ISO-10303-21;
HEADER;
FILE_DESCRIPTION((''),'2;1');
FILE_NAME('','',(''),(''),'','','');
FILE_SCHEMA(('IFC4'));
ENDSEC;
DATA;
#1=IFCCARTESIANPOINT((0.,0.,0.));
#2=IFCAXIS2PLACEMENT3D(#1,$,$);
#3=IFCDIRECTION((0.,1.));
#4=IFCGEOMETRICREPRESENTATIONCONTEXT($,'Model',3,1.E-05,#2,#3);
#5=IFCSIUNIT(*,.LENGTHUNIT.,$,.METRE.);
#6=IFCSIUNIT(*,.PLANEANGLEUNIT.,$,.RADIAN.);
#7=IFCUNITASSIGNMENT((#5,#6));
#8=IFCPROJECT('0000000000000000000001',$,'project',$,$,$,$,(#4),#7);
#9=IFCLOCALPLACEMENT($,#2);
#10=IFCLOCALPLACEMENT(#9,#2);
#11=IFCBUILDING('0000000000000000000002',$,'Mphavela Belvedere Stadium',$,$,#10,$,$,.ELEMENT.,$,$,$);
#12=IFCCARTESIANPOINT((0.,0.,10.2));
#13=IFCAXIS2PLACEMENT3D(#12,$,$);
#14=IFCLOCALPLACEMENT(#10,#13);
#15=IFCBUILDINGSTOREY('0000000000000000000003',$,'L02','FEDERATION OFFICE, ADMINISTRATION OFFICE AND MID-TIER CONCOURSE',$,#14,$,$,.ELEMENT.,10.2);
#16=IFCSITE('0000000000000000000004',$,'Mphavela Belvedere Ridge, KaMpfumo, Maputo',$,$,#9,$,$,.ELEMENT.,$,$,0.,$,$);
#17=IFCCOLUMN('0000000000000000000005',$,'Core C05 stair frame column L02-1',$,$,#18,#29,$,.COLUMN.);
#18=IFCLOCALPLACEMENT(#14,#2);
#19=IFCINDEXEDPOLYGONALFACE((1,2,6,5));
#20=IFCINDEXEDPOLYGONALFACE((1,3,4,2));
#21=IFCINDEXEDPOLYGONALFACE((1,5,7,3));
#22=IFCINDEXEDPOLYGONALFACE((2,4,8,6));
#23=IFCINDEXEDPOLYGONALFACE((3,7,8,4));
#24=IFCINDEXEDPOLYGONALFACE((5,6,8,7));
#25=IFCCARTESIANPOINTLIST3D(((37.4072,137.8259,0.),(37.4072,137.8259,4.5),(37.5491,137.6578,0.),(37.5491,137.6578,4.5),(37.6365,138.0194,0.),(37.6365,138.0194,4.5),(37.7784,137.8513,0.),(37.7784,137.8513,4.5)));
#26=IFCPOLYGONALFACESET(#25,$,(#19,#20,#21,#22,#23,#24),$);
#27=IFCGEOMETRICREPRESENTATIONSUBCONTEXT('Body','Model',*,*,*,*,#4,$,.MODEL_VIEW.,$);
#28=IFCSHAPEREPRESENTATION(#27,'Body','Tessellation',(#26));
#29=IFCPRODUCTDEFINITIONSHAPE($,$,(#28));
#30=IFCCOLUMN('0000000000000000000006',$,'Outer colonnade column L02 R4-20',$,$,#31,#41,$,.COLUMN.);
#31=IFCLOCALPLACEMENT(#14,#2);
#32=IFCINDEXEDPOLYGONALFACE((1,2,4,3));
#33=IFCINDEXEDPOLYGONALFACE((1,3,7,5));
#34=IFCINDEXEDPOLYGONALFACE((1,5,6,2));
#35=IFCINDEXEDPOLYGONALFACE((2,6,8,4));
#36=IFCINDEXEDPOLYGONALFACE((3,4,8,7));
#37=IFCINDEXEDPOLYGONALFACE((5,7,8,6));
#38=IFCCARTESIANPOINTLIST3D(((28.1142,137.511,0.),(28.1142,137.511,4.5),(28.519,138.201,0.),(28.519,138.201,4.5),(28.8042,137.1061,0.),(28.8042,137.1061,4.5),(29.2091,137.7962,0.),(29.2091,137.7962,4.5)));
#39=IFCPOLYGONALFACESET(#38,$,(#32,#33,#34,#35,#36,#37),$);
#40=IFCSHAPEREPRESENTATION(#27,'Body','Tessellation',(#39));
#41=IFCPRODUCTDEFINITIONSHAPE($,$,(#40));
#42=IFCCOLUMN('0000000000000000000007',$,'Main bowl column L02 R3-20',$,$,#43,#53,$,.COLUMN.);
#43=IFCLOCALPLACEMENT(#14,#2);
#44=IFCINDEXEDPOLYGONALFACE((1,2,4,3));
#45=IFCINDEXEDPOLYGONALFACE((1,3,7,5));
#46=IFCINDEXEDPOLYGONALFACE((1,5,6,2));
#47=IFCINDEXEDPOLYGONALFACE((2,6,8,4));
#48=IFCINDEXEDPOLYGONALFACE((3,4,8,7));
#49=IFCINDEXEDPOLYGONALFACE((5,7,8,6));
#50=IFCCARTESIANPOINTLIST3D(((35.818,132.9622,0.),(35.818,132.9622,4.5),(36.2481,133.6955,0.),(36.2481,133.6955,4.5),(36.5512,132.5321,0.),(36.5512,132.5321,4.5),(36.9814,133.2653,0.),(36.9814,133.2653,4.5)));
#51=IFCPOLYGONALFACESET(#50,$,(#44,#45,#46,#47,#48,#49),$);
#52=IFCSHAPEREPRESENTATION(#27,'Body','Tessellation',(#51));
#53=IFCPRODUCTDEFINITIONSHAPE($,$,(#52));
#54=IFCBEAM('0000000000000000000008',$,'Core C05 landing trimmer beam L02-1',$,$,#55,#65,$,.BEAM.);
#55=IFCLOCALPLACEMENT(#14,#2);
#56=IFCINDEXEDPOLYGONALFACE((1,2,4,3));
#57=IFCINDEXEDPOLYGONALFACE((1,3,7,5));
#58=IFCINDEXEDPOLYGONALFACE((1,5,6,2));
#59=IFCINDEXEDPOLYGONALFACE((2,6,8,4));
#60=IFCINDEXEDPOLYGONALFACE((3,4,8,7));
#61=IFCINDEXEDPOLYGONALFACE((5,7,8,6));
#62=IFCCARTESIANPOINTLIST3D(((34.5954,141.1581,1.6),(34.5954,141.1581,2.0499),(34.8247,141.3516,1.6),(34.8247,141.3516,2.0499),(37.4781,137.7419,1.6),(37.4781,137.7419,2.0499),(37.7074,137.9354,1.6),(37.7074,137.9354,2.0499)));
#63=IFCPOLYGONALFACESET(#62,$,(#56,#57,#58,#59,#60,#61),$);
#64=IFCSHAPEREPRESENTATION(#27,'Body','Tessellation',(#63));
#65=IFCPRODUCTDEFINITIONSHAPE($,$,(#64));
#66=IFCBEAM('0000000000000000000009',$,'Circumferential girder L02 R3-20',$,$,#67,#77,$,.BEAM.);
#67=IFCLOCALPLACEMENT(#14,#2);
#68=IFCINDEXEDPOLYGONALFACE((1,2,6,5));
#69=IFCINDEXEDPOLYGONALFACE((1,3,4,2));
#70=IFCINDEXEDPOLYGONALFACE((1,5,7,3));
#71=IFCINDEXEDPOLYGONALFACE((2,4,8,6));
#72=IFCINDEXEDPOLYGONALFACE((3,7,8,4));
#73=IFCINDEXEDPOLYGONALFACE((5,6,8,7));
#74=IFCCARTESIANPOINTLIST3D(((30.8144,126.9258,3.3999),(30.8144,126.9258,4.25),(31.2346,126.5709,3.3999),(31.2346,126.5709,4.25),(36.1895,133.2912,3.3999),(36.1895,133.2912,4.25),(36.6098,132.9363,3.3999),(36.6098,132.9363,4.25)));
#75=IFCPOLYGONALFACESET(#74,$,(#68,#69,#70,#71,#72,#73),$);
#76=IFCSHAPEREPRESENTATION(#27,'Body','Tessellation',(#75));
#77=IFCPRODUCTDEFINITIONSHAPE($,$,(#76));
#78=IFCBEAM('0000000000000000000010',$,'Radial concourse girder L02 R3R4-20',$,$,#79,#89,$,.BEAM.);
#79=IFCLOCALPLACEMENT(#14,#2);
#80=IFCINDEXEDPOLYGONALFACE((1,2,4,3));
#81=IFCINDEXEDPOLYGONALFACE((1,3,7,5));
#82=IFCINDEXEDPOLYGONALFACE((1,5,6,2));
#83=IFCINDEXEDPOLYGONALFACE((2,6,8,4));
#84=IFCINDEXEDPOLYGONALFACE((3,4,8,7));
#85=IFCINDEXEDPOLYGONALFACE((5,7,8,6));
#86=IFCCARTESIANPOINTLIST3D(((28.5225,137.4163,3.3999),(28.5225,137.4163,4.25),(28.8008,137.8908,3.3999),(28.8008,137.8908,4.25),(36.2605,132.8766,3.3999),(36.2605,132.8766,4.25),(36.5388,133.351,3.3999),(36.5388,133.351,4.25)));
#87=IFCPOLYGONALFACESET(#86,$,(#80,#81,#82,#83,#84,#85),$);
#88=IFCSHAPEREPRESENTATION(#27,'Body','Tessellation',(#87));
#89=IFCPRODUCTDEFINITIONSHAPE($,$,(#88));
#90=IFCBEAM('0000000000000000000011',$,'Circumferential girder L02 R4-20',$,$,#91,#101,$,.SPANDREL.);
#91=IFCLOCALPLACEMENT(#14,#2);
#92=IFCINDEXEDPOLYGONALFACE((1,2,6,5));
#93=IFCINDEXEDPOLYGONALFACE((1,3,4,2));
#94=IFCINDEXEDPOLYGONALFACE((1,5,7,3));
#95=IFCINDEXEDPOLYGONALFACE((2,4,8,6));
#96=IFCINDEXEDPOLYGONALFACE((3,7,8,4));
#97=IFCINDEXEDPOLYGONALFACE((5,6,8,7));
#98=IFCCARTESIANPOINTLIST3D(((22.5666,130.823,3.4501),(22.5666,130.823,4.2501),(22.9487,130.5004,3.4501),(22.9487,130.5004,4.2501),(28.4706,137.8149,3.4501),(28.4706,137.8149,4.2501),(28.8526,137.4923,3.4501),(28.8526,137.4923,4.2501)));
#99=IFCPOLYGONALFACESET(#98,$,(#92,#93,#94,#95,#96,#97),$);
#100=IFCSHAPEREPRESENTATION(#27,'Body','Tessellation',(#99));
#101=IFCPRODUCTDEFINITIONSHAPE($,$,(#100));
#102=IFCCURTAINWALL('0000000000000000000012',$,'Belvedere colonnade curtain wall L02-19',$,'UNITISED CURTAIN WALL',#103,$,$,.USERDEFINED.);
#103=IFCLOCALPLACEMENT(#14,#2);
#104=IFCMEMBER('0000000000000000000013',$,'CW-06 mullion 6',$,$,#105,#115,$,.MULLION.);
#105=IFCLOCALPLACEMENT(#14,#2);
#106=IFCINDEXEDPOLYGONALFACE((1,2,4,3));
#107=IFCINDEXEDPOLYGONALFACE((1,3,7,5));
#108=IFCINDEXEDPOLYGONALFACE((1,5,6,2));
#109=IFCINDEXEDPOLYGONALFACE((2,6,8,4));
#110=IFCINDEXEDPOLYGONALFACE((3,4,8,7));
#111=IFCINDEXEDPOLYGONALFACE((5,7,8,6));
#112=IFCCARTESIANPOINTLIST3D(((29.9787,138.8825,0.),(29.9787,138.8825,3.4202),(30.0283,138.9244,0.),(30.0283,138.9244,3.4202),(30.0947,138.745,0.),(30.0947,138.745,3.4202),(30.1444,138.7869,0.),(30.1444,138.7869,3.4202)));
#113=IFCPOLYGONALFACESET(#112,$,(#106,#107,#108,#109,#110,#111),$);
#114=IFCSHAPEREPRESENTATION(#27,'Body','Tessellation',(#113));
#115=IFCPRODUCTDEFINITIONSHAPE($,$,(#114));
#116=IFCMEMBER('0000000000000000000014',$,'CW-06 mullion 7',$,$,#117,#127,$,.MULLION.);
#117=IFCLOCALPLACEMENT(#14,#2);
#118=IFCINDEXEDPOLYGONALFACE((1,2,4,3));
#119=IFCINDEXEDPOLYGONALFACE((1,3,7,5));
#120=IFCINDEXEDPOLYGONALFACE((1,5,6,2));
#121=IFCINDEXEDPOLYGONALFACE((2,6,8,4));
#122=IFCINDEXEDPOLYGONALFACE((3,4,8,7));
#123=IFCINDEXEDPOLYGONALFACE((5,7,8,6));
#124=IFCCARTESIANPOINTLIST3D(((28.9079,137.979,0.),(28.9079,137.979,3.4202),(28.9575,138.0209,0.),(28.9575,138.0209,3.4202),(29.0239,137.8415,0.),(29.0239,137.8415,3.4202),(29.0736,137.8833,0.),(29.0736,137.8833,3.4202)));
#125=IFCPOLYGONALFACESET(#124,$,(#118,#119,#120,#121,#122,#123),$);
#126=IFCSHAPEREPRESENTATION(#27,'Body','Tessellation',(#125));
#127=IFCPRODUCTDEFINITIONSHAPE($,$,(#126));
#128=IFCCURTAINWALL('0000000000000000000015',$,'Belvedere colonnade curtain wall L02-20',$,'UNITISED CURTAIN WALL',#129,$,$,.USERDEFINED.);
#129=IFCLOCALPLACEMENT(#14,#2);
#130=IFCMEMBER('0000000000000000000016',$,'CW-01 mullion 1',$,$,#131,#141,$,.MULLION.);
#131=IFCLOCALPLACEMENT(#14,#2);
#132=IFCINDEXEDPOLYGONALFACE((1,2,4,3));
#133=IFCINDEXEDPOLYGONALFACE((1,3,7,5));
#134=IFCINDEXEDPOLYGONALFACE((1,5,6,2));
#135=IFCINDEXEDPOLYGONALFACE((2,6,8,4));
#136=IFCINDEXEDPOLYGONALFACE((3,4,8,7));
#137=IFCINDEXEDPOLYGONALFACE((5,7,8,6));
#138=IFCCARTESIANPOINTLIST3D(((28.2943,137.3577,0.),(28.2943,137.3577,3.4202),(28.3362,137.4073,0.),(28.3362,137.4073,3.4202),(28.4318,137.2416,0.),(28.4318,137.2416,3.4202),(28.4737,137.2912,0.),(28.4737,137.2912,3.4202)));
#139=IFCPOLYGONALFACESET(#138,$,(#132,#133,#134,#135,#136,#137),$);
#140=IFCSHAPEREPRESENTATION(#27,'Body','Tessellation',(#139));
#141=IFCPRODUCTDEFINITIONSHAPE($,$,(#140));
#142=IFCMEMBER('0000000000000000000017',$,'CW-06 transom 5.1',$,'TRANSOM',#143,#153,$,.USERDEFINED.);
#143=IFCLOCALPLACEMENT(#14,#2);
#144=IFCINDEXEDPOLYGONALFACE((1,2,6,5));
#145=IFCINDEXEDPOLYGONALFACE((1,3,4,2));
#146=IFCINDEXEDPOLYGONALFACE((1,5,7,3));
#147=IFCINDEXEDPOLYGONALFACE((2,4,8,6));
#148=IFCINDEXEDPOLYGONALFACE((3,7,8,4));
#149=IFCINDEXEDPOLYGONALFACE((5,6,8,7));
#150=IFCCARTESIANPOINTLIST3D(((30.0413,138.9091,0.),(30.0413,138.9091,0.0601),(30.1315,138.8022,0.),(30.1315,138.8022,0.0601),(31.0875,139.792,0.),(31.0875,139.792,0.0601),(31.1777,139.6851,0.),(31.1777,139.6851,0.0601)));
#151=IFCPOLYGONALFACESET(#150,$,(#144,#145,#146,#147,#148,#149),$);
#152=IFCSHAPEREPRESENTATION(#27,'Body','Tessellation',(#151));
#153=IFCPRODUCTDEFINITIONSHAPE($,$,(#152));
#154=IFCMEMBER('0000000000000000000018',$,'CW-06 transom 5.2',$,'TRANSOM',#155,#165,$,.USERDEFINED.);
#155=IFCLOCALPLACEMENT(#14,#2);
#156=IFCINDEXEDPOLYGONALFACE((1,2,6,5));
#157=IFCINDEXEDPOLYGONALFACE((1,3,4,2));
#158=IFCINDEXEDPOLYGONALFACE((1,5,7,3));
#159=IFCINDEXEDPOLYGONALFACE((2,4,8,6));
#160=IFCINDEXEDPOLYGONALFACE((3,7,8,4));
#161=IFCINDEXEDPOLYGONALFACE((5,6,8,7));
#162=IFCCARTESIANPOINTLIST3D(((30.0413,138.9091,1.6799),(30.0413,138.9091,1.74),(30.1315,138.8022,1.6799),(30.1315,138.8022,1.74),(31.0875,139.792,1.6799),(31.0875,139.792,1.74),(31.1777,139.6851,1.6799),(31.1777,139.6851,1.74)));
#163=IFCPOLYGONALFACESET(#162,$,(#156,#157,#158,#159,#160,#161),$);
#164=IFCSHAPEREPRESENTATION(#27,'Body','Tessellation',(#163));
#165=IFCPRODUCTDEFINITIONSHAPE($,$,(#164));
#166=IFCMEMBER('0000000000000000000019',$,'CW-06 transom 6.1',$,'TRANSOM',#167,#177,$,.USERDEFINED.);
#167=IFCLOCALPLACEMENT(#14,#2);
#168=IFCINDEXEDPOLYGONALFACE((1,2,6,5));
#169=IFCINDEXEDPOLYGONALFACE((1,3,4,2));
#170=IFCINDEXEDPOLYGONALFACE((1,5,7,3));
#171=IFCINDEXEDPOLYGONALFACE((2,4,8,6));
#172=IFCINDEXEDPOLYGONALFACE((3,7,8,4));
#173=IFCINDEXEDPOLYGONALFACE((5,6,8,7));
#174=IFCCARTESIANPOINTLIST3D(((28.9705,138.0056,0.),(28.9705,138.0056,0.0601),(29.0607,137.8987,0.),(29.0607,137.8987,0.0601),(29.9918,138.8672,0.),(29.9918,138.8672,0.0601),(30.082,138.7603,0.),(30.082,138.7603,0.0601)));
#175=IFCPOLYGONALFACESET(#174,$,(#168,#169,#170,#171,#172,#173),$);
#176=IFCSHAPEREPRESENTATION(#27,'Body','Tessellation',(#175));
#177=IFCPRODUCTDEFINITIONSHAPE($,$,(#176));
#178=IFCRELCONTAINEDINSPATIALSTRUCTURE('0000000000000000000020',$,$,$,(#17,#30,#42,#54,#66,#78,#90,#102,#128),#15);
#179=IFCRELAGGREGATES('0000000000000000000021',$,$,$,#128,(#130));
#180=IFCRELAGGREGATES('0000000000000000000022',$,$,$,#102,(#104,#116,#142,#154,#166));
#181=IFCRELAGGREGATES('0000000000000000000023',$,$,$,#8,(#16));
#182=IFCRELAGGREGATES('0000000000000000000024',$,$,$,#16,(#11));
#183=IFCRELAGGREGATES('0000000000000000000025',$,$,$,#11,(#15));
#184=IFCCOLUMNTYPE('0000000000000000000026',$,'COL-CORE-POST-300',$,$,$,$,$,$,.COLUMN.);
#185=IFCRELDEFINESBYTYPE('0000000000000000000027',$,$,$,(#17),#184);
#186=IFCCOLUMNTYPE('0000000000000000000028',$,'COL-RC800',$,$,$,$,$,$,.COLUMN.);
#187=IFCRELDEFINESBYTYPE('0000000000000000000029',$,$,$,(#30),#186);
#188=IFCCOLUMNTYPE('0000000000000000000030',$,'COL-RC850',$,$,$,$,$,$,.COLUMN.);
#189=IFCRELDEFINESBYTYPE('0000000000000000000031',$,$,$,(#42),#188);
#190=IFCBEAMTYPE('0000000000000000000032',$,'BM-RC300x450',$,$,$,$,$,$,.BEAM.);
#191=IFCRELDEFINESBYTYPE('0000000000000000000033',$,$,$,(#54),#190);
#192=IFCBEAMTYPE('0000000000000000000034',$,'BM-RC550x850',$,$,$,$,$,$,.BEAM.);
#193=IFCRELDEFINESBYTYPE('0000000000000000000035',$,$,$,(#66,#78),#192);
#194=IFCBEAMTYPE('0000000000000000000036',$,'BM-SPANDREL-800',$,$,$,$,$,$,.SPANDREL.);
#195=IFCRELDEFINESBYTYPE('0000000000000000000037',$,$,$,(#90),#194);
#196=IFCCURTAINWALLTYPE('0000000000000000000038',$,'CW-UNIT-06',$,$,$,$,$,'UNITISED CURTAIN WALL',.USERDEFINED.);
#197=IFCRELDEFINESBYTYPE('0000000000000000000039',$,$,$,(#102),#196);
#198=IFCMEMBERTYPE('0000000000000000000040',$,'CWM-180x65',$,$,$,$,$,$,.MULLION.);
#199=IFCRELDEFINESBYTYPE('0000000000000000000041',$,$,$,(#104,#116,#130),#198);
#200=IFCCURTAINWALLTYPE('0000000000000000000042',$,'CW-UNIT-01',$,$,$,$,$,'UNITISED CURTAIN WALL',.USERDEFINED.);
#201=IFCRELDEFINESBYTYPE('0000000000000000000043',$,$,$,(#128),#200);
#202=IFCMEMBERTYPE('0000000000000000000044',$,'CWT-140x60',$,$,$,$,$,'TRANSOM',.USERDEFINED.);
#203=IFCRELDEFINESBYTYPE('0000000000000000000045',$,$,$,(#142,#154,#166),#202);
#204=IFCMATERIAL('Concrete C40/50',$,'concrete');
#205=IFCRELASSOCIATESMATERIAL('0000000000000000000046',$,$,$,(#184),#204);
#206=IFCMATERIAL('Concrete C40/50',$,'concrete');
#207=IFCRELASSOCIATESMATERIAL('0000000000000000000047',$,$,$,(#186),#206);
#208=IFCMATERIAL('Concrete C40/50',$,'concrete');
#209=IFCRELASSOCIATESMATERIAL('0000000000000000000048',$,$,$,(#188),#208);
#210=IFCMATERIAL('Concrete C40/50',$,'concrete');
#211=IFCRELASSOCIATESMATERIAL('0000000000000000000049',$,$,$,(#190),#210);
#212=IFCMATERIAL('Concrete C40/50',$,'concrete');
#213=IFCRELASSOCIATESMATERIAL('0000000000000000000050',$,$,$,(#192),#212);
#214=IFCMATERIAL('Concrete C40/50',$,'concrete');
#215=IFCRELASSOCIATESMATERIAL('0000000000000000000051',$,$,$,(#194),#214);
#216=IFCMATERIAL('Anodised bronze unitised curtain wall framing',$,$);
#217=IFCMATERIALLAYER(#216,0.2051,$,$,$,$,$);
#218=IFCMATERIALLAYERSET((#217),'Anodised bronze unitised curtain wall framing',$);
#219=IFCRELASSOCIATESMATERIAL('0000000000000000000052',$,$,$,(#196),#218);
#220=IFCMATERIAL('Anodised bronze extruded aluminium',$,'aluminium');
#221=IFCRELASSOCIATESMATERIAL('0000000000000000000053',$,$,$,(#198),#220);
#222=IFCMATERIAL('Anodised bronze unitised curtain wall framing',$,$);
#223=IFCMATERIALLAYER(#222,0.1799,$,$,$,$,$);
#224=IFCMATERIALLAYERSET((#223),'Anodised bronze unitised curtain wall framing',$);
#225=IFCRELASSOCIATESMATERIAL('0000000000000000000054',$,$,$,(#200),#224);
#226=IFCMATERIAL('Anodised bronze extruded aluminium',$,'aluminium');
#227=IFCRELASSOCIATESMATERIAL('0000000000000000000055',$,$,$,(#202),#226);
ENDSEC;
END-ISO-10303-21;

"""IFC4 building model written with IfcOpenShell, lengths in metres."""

from ifc_helpers import new_model, si_unit, direction, frame, origin, origin_2d, place, context, subcontext, project, spatial, rectangle, extrude, material, layer, layer_set, material_profile, profile_set, type_object, element, aggregate, save


model = new_model("IFC4")

# Units and contexts
model_context = context("Model", 3, precision=1e-05, world=origin(), true_north=direction((0.0, 1.0)))
body_context = subcontext(model_context, "Body", "Model", "MODEL_VIEW")
ifc_project = project(units=[si_unit("LENGTHUNIT", "METRE"), si_unit("PLANEANGLEUNIT", "RADIAN")], contexts=[model_context])

# Site, building, storey
site_placement = place(None, origin())
site = spatial("IfcSite", under=ifc_project, at=site_placement, Name="Mphavela Belvedere Ridge, KaMpfumo, Maputo", CompositionType="ELEMENT", RefElevation=0.0)
building_placement = place(site_placement, origin())
building = spatial("IfcBuilding", under=site, at=building_placement, Name="Mphavela Belvedere Stadium", CompositionType="ELEMENT")
storey_placement = place(building_placement, frame((0.0, 0.0, 10.2)))
storey = spatial("IfcBuildingStorey", under=building, at=storey_placement, Name="L02", Description="FEDERATION OFFICE, ADMINISTRATION OFFICE AND MID-TIER CONCOURSE", CompositionType="ELEMENT", Elevation=10.2)

# Columns
ifc_material_1 = material(Name="Concrete C40/50", Category="concrete")
ifc_material_profile_1 = material_profile(ifc_material_1, rectangle(XDim=0.3, YDim=0.22, at=origin_2d()), Name="RC 300x220")
ifc_profile_set_1 = profile_set([ifc_material_profile_1], Name="Concrete C40/50")
column_type_1 = type_object("IfcColumnType", Name="COL-CORE-POST-300", PredefinedType="COLUMN", material=ifc_profile_set_1)
column_1_placement = place(storey_placement, frame((37.5928, 137.8386, 0.0), z_axis=(0.0, 0.0, 1.0), x_axis=(0.764246, 0.644924, 0.0)))
element("IfcColumn", 1, at=column_1_placement, inside=storey, type_object=column_type_1, Name="Core C05 stair frame column L02-1", PredefinedType="COLUMN", context=body_context, shape_type="SweptSolid", body=[
    extrude(rectangle(XDim=0.3, YDim=0.22, at=origin_2d()), origin(), (0.0, 0.0, 1.0), 4.5),
])
ifc_material_2 = material(Name="Concrete C40/50", Category="concrete")
ifc_material_profile_2 = material_profile(ifc_material_2, rectangle(XDim=0.8, YDim=0.8, at=origin_2d()), Name="RC 800x800")
ifc_profile_set_2 = profile_set([ifc_material_profile_2], Name="Concrete C40/50")
column_type_2 = type_object("IfcColumnType", Name="COL-RC800", PredefinedType="COLUMN", material=ifc_profile_set_2)
column_2_placement = place(storey_placement, frame((28.6616, 137.6536, 0.0), z_axis=(0.0, 0.0, 1.0), x_axis=(-0.862514, 0.506034, 0.0)))
element("IfcColumn", 2, at=column_2_placement, inside=storey, type_object=column_type_2, Name="Outer colonnade column L02 R4-20", PredefinedType="COLUMN", context=body_context, shape_type="SweptSolid", body=[
    extrude(rectangle(XDim=0.8, YDim=0.8, at=origin_2d()), origin(), (0.0, 0.0, 1.0), 4.5),
])
ifc_material_3 = material(Name="Concrete C40/50", Category="concrete")
ifc_material_profile_3 = material_profile(ifc_material_3, rectangle(XDim=0.8501, YDim=0.8501, at=origin_2d()), Name="RC 850x850")
ifc_profile_set_3 = profile_set([ifc_material_profile_3], Name="Concrete C40/50")
column_type_3 = type_object("IfcColumnType", Name="COL-RC850", PredefinedType="COLUMN", material=ifc_profile_set_3)
column_3_placement = place(storey_placement, frame((36.3997, 133.1138, 0.0), z_axis=(0.0, 0.0, 1.0), x_axis=(-0.862514, 0.506034, 0.0)))
element("IfcColumn", 3, at=column_3_placement, inside=storey, type_object=column_type_3, Name="Main bowl column L02 R3-20", PredefinedType="COLUMN", context=body_context, shape_type="SweptSolid", body=[
    extrude(rectangle(XDim=0.8501, YDim=0.8501, at=origin_2d()), origin(), (0.0, 0.0, 1.0), 4.5),
])

# Beams
ifc_material_4 = material(Name="Concrete C40/50", Category="concrete")
ifc_material_profile_4 = material_profile(ifc_material_4, rectangle(XDim=0.3, YDim=0.45, at=origin_2d()), Name="RC 300x450")
ifc_profile_set_4 = profile_set([ifc_material_profile_4], Name="Concrete C40/50")
beam_type_1 = type_object("IfcBeamType", Name="BM-RC300x450", PredefinedType="BEAM", material=ifc_profile_set_4)
beam_1_placement = place(storey_placement, frame((37.5928, 137.8386, 1.825), z_axis=(-0.644916, 0.764254, 0.0), x_axis=(-0.764254, -0.644916, 0.0)))
element("IfcBeam", 4, at=beam_1_placement, inside=storey, type_object=beam_type_1, Name="Core C05 landing trimmer beam L02-1", PredefinedType="BEAM", context=body_context, shape_type="SweptSolid", body=[
    extrude(rectangle(XDim=0.3, YDim=0.45, at=origin_2d()), origin(), (0.0, 0.0, 1.0), 4.47),
])
ifc_material_5 = material(Name="Concrete C40/50", Category="concrete")
ifc_material_profile_5 = material_profile(ifc_material_5, rectangle(XDim=0.55, YDim=0.8501, at=origin_2d()), Name="RC 550x850")
ifc_profile_set_5 = profile_set([ifc_material_profile_5], Name="Concrete C40/50")
beam_type_2 = type_object("IfcBeamType", Name="BM-RC550x850", PredefinedType="BEAM", material=ifc_profile_set_5)
beam_2_placement = place(storey_placement, frame((36.3997, 133.1138, 3.825), z_axis=(-0.645177, -0.764033, 0.0), x_axis=(0.764033, -0.645177, 0.0)))
element("IfcBeam", 5, at=beam_2_placement, inside=storey, type_object=beam_type_2, Name="Circumferential girder L02 R3-20", PredefinedType="BEAM", context=body_context, shape_type="SweptSolid", body=[
    extrude(rectangle(XDim=0.55, YDim=0.8501, at=origin_2d()), origin(), (0.0, 0.0, 1.0), 8.3313),
])
beam_3_placement = place(storey_placement, frame((36.3997, 133.1138, 3.825), z_axis=(-0.862518, 0.506027, 0.0), x_axis=(-0.506027, -0.862518, 0.0)))
element("IfcBeam", 6, at=beam_3_placement, inside=storey, type_object=beam_type_2, Name="Radial concourse girder L02 R3R4-20", PredefinedType="BEAM", context=body_context, shape_type="SweptSolid", body=[
    extrude(rectangle(XDim=0.55, YDim=0.8501, at=origin_2d()), origin(), (0.0, 0.0, 1.0), 8.9714),
])
ifc_material_6 = material(Name="Concrete C40/50", Category="concrete")
ifc_material_profile_6 = material_profile(ifc_material_6, rectangle(XDim=0.5, YDim=0.8, at=origin_2d()), Name="RC 500x800")
ifc_profile_set_6 = profile_set([ifc_material_profile_6], Name="Concrete C40/50")
beam_type_3 = type_object("IfcBeamType", Name="BM-SPANDREL-800", PredefinedType="SPANDREL", material=ifc_profile_set_6)
beam_4_placement = place(storey_placement, frame((28.6616, 137.6536, 3.8501), z_axis=(-0.645165, -0.764044, 0.0), x_axis=(0.764044, -0.645165, 0.0)))
element("IfcBeam", 7, at=beam_4_placement, inside=storey, type_object=beam_type_3, Name="Circumferential girder L02 R4-20", PredefinedType="SPANDREL", context=body_context, shape_type="SweptSolid", body=[
    extrude(rectangle(XDim=0.5, YDim=0.8, at=origin_2d()), origin(), (0.0, 0.0, 1.0), 9.1511),
])

# Curtain wall, members
ifc_material_7 = material(Name="Anodised bronze unitised curtain wall framing")
ifc_layer_1 = layer(ifc_material_7, 0.2051)
ifc_layer_set_1 = layer_set([ifc_layer_1], Name="Anodised bronze unitised curtain wall framing")
curtain_wall_type_1 = type_object("IfcCurtainWallType", Name="CW-UNIT-06", ElementType="UNITISED CURTAIN WALL", PredefinedType="USERDEFINED", material=ifc_layer_set_1)
curtain_wall_1_placement = place(storey_placement, origin())
curtain_wall_1 = element("IfcCurtainWall", 8, at=curtain_wall_1_placement, inside=storey, type_object=curtain_wall_type_1, Name="Belvedere colonnade curtain wall L02-19", ObjectType="UNITISED CURTAIN WALL", PredefinedType="USERDEFINED")
ifc_material_8 = material(Name="Anodised bronze extruded aluminium", Category="aluminium")
ifc_material_profile_7 = material_profile(ifc_material_8, rectangle(XDim=0.1799, YDim=0.0649, at=origin_2d()), Name="CW-MUL 180x65")
ifc_profile_set_7 = profile_set([ifc_material_profile_7], Name="Anodised bronze extruded aluminium")
member_type_1 = type_object("IfcMemberType", Name="CWM-180x65", PredefinedType="MULLION", material=ifc_profile_set_7)
member_1_placement = place(storey_placement, frame((30.0615, 138.8347, 0.0), z_axis=(0.0, 0.0, 1.0), x_axis=(0.644907, -0.764261, 0.0)))
member_1 = element("IfcMember", 9, at=member_1_placement, type_object=member_type_1, Name="CW-06 mullion 6", PredefinedType="MULLION", context=body_context, shape_type="SweptSolid", body=[
    extrude(rectangle(XDim=0.1799, YDim=0.0649, at=origin_2d()), origin(), (0.0, 0.0, 1.0), 3.4202),
])
member_2_placement = place(storey_placement, frame((28.9907, 137.9312, 0.0), z_axis=(0.0, 0.0, 1.0), x_axis=(0.644907, -0.764261, 0.0)))
member_2 = element("IfcMember", 10, at=member_2_placement, type_object=member_type_1, Name="CW-06 mullion 7", PredefinedType="MULLION", context=body_context, shape_type="SweptSolid", body=[
    extrude(rectangle(XDim=0.1799, YDim=0.0649, at=origin_2d()), origin(), (0.0, 0.0, 1.0), 3.4202),
])

# Curtain wall, member
ifc_material_9 = material(Name="Anodised bronze unitised curtain wall framing")
ifc_layer_2 = layer(ifc_material_9, 0.1799)
ifc_layer_set_2 = layer_set([ifc_layer_2], Name="Anodised bronze unitised curtain wall framing")
curtain_wall_type_2 = type_object("IfcCurtainWallType", Name="CW-UNIT-01", ElementType="UNITISED CURTAIN WALL", PredefinedType="USERDEFINED", material=ifc_layer_set_2)
curtain_wall_2_placement = place(storey_placement, origin())
curtain_wall_2 = element("IfcCurtainWall", 11, at=curtain_wall_2_placement, inside=storey, type_object=curtain_wall_type_2, Name="Belvedere colonnade curtain wall L02-20", ObjectType="UNITISED CURTAIN WALL", PredefinedType="USERDEFINED")
member_3_placement = place(storey_placement, frame((28.384, 137.3245, 0.0), z_axis=(0.0, 0.0, 1.0), x_axis=(0.76404, -0.645169, 0.0)))
member_3 = element("IfcMember", 12, at=member_3_placement, type_object=member_type_1, Name="CW-01 mullion 1", PredefinedType="MULLION", context=body_context, shape_type="SweptSolid", body=[
    extrude(rectangle(XDim=0.1799, YDim=0.0649, at=origin_2d()), origin(), (0.0, 0.0, 1.0), 3.4202),
])
aggregate(curtain_wall_2, [member_3])

# Members
ifc_material_10 = material(Name="Anodised bronze extruded aluminium", Category="aluminium")
ifc_material_profile_8 = material_profile(ifc_material_10, rectangle(XDim=0.1399, YDim=0.0601, at=origin_2d()), Name="CW-TRN 140x60")
ifc_profile_set_8 = profile_set([ifc_material_profile_8], Name="Anodised bronze extruded aluminium")
member_type_2 = type_object("IfcMemberType", Name="CWT-140x60", ElementType="TRANSOM", PredefinedType="USERDEFINED", material=ifc_profile_set_8)
member_4_placement = place(storey_placement, frame((31.1326, 139.7385, 0.03), z_axis=(-0.764245, -0.644926, 0.0), x_axis=(0.644926, -0.764245, 0.0)))
member_4 = element("IfcMember", 13, at=member_4_placement, type_object=member_type_2, Name="CW-06 transom 5.1", ObjectType="TRANSOM", PredefinedType="USERDEFINED", context=body_context, shape_type="SweptSolid", body=[
    extrude(rectangle(XDim=0.1399, YDim=0.0601, at=origin_2d()), origin(), (0.0, 0.0, 1.0), 1.3689),
])
member_5_placement = place(storey_placement, frame((31.1326, 139.7385, 1.71), z_axis=(-0.764245, -0.644926, 0.0), x_axis=(0.644926, -0.764245, 0.0)))
member_5 = element("IfcMember", 14, at=member_5_placement, type_object=member_type_2, Name="CW-06 transom 5.2", ObjectType="TRANSOM", PredefinedType="USERDEFINED", context=body_context, shape_type="SweptSolid", body=[
    extrude(rectangle(XDim=0.1399, YDim=0.0601, at=origin_2d()), origin(), (0.0, 0.0, 1.0), 1.3689),
])
member_6_placement = place(storey_placement, frame((30.0369, 138.8137, 0.03), z_axis=(-0.764328, -0.644828, 0.0), x_axis=(0.644828, -0.764328, 0.0)))
member_6 = element("IfcMember", 15, at=member_6_placement, type_object=member_type_2, Name="CW-06 transom 6.1", ObjectType="TRANSOM", PredefinedType="USERDEFINED", context=body_context, shape_type="SweptSolid", body=[
    extrude(rectangle(XDim=0.1399, YDim=0.0601, at=origin_2d()), origin(), (0.0, 0.0, 1.0), 1.3362),
])

aggregate(curtain_wall_1, [member_1, member_2, member_4, member_5, member_6])

save(model, "model.ifc")
